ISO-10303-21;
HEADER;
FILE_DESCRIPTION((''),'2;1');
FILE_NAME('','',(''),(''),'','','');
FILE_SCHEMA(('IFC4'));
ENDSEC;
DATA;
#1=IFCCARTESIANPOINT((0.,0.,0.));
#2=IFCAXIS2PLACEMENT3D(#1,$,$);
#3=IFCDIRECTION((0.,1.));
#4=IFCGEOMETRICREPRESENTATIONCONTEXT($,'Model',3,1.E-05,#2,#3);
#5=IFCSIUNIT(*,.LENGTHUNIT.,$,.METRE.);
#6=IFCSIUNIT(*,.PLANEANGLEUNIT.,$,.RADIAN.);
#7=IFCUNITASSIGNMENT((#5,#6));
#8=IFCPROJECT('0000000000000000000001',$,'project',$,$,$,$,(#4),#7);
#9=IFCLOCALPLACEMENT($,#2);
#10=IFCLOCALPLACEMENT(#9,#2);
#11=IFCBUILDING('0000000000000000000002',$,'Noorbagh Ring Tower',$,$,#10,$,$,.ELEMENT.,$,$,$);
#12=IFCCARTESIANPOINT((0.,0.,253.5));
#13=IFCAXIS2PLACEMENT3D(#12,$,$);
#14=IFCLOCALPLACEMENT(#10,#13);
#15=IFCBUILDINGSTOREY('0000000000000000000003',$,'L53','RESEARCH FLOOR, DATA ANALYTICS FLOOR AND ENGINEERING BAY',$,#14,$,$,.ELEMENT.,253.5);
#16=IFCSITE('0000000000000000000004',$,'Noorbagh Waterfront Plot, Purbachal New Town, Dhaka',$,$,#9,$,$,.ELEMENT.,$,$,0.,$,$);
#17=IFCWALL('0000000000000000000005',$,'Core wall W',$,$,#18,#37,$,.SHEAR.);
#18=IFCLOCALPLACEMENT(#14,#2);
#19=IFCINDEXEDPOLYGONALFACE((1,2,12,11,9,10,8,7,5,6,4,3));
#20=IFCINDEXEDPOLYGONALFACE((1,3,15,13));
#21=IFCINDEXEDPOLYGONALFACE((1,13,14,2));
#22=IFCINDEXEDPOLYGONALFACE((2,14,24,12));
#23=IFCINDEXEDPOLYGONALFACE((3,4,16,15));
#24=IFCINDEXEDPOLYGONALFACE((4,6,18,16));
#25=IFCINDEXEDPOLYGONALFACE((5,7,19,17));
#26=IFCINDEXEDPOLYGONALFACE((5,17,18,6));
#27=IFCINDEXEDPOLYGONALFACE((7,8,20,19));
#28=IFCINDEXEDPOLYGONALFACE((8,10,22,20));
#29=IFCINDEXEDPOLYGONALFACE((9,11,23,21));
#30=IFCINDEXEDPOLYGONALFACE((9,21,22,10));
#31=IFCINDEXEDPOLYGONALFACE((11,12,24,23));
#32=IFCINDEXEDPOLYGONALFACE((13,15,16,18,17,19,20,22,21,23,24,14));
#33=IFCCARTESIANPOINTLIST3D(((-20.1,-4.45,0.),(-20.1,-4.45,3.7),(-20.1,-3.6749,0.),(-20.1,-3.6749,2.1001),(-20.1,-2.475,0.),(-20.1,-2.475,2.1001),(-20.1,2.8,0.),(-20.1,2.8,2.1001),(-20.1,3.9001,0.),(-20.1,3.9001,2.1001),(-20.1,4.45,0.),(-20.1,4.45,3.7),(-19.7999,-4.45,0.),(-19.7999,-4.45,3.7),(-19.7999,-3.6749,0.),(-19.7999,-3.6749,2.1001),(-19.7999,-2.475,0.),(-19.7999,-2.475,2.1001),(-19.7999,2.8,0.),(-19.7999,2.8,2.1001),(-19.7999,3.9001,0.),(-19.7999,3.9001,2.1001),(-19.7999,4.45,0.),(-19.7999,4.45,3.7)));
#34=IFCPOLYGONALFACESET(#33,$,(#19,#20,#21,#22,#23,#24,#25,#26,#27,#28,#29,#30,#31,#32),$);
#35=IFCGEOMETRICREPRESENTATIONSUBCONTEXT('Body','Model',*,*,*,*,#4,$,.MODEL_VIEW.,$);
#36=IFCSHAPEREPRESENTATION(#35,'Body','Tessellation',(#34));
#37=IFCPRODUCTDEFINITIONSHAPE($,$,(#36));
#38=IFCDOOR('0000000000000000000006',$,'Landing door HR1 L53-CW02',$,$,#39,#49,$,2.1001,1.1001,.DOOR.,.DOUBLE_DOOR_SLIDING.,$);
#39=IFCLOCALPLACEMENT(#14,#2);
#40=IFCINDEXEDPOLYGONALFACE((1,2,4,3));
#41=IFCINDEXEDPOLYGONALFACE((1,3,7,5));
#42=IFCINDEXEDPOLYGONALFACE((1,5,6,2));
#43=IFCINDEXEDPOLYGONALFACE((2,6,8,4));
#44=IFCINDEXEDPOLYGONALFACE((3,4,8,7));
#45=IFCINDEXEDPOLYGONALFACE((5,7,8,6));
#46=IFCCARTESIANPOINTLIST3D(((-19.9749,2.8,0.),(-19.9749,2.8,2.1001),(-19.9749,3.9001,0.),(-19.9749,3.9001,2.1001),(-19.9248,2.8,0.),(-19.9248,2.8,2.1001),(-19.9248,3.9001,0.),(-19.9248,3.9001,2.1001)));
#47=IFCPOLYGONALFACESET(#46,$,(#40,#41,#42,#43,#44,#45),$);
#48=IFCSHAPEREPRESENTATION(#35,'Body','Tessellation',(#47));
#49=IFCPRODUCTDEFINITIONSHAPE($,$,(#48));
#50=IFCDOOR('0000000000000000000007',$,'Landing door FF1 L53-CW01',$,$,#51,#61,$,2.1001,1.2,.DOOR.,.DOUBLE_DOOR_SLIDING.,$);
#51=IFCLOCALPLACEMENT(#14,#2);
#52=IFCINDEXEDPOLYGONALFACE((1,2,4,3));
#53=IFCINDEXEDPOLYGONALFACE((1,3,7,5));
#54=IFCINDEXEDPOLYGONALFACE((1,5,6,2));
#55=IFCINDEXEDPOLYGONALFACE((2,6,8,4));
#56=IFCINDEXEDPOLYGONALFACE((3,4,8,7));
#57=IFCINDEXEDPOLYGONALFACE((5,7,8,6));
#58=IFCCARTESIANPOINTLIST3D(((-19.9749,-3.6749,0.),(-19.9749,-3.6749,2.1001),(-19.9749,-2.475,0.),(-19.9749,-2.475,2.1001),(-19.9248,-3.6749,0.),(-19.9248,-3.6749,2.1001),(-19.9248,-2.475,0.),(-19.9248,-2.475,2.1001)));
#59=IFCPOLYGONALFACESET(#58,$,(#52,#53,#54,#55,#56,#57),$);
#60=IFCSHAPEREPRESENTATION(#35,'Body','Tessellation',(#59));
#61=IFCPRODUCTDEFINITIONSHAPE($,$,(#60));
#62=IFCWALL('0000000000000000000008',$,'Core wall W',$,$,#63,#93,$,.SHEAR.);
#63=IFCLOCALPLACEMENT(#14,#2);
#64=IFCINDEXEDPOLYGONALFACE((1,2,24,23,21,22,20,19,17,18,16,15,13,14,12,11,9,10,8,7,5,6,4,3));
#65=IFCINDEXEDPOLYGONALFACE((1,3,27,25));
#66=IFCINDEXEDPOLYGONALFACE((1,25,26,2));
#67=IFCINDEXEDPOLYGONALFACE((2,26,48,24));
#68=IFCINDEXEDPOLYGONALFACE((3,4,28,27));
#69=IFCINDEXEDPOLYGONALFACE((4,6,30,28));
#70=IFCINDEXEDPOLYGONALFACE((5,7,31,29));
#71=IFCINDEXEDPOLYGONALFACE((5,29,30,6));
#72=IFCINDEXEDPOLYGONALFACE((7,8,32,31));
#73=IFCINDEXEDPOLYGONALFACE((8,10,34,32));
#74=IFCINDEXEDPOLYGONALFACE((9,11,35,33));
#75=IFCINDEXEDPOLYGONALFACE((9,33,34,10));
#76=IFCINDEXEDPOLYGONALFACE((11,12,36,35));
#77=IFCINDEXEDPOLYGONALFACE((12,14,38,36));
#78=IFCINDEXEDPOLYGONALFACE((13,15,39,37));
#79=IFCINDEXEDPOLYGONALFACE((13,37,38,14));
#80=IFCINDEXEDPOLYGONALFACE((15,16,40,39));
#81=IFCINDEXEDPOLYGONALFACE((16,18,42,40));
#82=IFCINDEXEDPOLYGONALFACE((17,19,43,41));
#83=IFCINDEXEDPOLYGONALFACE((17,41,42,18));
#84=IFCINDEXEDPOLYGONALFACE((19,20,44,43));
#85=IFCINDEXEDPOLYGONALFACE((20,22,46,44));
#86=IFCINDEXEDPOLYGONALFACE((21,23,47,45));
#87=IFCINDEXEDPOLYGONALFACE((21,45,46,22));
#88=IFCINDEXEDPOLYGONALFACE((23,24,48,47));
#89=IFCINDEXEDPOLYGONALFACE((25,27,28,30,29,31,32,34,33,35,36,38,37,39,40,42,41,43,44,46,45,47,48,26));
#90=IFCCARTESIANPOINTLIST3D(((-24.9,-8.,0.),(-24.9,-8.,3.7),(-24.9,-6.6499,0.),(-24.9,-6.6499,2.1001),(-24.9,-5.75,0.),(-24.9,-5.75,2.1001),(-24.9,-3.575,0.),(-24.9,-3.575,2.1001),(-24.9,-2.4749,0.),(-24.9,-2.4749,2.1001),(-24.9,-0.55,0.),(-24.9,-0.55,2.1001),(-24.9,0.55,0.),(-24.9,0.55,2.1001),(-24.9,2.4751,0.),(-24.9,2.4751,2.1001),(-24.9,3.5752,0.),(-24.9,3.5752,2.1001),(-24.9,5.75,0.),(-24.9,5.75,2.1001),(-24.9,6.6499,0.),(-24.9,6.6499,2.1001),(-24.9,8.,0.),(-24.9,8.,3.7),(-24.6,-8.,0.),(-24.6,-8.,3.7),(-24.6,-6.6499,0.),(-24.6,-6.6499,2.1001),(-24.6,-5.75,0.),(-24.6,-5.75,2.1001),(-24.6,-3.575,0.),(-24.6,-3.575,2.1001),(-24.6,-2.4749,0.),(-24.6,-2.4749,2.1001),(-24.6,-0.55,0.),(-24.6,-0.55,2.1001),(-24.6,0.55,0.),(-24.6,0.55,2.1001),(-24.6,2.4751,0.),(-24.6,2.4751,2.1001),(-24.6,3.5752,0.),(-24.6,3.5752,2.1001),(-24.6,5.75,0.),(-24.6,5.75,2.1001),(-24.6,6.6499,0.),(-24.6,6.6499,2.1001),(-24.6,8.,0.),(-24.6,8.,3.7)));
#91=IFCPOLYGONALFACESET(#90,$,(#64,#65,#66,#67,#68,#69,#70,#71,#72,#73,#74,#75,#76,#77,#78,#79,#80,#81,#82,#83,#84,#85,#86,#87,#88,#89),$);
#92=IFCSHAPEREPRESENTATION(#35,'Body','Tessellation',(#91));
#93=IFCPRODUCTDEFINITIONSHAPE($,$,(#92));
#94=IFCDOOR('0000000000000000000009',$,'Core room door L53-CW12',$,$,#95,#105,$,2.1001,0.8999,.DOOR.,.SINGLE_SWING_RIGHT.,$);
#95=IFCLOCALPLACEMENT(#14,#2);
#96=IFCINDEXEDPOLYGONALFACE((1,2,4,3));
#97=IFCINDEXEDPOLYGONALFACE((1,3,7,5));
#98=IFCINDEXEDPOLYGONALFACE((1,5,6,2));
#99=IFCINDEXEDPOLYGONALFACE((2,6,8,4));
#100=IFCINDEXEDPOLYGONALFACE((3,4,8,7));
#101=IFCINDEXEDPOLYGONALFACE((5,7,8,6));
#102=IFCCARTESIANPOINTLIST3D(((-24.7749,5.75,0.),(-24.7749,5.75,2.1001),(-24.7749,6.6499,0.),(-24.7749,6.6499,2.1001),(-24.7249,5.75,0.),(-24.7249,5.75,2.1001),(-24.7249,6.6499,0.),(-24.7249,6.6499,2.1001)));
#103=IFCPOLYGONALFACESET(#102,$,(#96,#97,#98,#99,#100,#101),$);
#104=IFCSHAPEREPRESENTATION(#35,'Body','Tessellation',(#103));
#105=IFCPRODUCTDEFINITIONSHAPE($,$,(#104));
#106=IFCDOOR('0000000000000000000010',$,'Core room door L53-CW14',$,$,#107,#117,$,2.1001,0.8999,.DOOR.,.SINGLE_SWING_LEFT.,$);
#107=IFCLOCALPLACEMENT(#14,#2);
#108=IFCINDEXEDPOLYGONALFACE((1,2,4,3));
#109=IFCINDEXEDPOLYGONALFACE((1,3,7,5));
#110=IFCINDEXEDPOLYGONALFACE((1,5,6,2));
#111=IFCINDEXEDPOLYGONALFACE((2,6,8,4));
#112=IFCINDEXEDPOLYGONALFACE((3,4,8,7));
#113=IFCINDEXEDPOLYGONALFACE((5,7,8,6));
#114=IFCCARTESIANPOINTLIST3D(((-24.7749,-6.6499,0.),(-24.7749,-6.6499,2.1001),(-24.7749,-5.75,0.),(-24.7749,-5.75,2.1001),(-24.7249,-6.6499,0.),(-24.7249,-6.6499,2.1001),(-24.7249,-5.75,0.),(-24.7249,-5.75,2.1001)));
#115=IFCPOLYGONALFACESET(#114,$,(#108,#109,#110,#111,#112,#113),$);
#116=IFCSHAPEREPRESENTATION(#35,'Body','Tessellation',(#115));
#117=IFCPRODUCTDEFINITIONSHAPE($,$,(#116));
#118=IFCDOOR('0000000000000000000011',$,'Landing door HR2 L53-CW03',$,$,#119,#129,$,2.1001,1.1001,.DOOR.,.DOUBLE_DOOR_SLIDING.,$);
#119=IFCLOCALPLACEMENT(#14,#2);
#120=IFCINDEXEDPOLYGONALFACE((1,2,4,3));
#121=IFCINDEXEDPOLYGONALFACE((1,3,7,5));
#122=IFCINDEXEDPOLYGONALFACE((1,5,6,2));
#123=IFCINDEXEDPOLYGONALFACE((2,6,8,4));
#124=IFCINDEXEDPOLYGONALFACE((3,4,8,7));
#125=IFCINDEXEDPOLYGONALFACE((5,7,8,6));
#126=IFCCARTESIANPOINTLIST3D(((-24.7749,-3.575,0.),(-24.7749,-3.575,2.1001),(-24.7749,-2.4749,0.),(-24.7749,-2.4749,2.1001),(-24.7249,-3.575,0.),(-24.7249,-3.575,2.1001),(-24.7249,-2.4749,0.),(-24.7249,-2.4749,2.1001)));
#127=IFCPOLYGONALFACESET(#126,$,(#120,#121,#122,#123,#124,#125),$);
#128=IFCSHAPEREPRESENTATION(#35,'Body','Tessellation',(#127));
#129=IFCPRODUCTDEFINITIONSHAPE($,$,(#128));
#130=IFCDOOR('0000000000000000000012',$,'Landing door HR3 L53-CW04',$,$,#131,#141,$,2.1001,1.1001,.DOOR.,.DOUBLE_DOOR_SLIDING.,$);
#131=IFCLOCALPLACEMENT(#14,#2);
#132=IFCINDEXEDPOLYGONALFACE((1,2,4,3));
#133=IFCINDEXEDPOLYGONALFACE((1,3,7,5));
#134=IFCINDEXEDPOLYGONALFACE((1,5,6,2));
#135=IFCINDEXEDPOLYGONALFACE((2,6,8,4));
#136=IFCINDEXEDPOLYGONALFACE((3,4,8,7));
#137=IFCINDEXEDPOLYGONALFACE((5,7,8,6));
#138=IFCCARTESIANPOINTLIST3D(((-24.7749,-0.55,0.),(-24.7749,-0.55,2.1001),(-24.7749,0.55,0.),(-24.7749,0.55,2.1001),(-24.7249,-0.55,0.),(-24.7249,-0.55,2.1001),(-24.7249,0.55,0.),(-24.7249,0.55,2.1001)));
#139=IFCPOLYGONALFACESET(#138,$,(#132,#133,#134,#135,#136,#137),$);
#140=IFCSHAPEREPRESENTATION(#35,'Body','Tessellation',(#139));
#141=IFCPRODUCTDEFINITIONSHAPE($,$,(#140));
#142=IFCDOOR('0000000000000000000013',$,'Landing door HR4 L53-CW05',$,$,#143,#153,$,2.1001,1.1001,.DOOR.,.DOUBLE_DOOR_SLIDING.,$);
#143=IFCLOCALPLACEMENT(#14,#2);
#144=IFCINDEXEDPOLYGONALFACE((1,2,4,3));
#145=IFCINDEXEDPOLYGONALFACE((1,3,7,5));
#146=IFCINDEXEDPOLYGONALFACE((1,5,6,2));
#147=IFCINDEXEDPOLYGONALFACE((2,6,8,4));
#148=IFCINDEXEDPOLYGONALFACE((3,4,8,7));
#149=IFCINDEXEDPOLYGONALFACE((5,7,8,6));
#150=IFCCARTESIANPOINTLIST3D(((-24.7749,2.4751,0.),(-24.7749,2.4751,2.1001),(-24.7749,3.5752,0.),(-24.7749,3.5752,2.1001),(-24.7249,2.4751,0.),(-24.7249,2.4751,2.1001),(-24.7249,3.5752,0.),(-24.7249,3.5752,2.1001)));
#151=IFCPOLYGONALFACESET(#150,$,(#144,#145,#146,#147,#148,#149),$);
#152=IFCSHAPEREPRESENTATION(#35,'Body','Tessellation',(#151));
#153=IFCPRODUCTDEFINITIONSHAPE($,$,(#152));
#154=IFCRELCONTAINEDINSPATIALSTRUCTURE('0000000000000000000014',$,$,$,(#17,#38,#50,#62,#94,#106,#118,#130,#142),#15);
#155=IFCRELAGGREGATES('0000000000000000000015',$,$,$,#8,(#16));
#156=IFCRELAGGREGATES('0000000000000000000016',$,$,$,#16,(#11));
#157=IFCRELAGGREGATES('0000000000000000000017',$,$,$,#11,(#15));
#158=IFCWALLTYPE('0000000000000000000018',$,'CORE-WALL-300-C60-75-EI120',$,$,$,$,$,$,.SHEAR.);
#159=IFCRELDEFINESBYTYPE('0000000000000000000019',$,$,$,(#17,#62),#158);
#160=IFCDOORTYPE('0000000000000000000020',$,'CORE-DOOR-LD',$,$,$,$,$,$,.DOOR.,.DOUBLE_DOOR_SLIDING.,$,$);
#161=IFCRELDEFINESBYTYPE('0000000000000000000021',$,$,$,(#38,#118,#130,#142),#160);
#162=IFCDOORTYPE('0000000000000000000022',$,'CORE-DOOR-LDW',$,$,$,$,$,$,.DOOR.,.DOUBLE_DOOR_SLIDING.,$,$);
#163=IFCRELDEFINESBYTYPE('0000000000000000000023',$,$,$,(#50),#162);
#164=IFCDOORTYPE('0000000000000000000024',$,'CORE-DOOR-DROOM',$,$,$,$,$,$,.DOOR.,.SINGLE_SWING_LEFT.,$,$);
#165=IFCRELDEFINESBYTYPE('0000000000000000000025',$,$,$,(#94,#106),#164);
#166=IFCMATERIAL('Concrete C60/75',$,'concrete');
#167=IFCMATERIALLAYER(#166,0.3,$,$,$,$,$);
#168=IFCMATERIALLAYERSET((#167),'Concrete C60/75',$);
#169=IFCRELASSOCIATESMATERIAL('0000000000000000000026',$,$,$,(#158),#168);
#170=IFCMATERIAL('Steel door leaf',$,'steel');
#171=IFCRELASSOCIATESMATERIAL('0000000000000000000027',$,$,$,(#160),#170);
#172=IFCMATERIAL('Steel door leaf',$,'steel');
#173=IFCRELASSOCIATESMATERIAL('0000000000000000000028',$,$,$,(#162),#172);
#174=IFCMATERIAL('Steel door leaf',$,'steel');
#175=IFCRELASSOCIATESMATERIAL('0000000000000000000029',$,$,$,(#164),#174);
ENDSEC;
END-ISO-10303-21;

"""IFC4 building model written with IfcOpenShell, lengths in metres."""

from ifc_helpers import new_model, si_unit, direction, frame, frame_2d, origin, place, context, subcontext, project, spatial, rectangle, extrude, material, layer, layer_set, type_object, element, fill, save


model = new_model("IFC4")

# Units and contexts
model_context = context("Model", 3, precision=1e-05, world=origin(), true_north=direction((0.0, 1.0)))
body_context = subcontext(model_context, "Body", "Model", "MODEL_VIEW")
ifc_project = project(units=[si_unit("LENGTHUNIT", "METRE"), si_unit("PLANEANGLEUNIT", "RADIAN")], contexts=[model_context])

# Site, building, storey
site_placement = place(None, origin())
site = spatial("IfcSite", under=ifc_project, at=site_placement, Name="Noorbagh Waterfront Plot, Purbachal New Town, Dhaka", CompositionType="ELEMENT", RefElevation=0.0)
building_placement = place(site_placement, origin())
building = spatial("IfcBuilding", under=site, at=building_placement, Name="Noorbagh Ring Tower", CompositionType="ELEMENT")
storey_placement = place(building_placement, frame((0.0, 0.0, 253.5)))
storey = spatial("IfcBuildingStorey", under=building, at=storey_placement, Name="L53", Description="RESEARCH FLOOR, DATA ANALYTICS FLOOR AND ENGINEERING BAY", CompositionType="ELEMENT", Elevation=253.5)

# Shared definitions
ifc_material_1 = material(Name="Concrete C60/75", Category="concrete")
ifc_layer_1 = layer(ifc_material_1, 0.3)
ifc_layer_set_1 = layer_set([ifc_layer_1], Name="Concrete C60/75")
wall_type_1 = type_object("IfcWallType", Name="CORE-WALL-300-C60-75-EI120", PredefinedType="SHEAR", material=ifc_layer_set_1)

# Walls, openings, doors
wall_1_placement = place(storey_placement, frame((-19.95, -4.45, 0.0), z_axis=(0.0, 0.0, 1.0), x_axis=(0.0, 1.0, 0.0)))
wall_1 = element("IfcWall", 1, at=wall_1_placement, inside=storey, type_object=wall_type_1, Name="Core wall W", PredefinedType="SHEAR", context=body_context, shape_type="SweptSolid", body=[
    extrude(rectangle(XDim=8.8999, YDim=0.3, at=frame_2d((4.45, 0.0))), origin(), (0.0, 0.0, 1.0), 3.7),
])
opening_1_placement = place(wall_1_placement, frame((0.7749, 0.0, 0.0)))
opening_1 = element("IfcOpeningElement", 2, at=opening_1_placement, cuts=wall_1, PredefinedType="OPENING", context=body_context, shape_type="SweptSolid", body=[
    extrude(rectangle(XDim=1.2, YDim=2.1001, at=frame_2d((0.6001, 1.05))), frame((0.0, 0.1602, 0.0), z_axis=(0.0, -1.0, 0.0), x_axis=(1.0, 0.0, 0.0)), (0.0, 0.0, 1.0), 0.3201),
])
opening_2_placement = place(wall_1_placement, frame((7.25, 0.0, 0.0)))
opening_2 = element("IfcOpeningElement", 3, at=opening_2_placement, cuts=wall_1, PredefinedType="OPENING", context=body_context, shape_type="SweptSolid", body=[
    extrude(rectangle(XDim=1.1001, YDim=2.1001, at=frame_2d((0.55, 1.05))), frame((0.0, 0.1602, 0.0), z_axis=(0.0, -1.0, 0.0), x_axis=(1.0, 0.0, 0.0)), (0.0, 0.0, 1.0), 0.3201),
])
ifc_material_2 = material(Name="Steel door leaf", Category="steel")
door_type_1 = type_object("IfcDoorType", Name="CORE-DOOR-LD", OperationType="DOUBLE_DOOR_SLIDING", PredefinedType="DOOR", material=ifc_material_2)
door_1_placement = place(opening_2_placement, origin())
door_1 = element("IfcDoor", 4, at=door_1_placement, inside=storey, type_object=door_type_1, Name="Landing door HR1 L53-CW02", OperationType="DOUBLE_DOOR_SLIDING", OverallHeight=2.1001, OverallWidth=1.1001, PredefinedType="DOOR", context=body_context, shape_type="SweptSolid", body=[
    extrude(rectangle(XDim=1.1001, YDim=2.1001, at=frame_2d((0.55, 1.05))), frame((0.0, 0.0249, 0.0), z_axis=(0.0, -1.0, 0.0), x_axis=(1.0, 0.0, 0.0)), (0.0, 0.0, 1.0), 0.05),
])
fill(opening_2, door_1)
ifc_material_3 = material(Name="Steel door leaf", Category="steel")
door_type_2 = type_object("IfcDoorType", Name="CORE-DOOR-LDW", OperationType="DOUBLE_DOOR_SLIDING", PredefinedType="DOOR", material=ifc_material_3)
door_2_placement = place(opening_1_placement, origin())
door_2 = element("IfcDoor", 5, at=door_2_placement, inside=storey, type_object=door_type_2, Name="Landing door FF1 L53-CW01", OperationType="DOUBLE_DOOR_SLIDING", OverallHeight=2.1001, OverallWidth=1.2, PredefinedType="DOOR", context=body_context, shape_type="SweptSolid", body=[
    extrude(rectangle(XDim=1.2, YDim=2.1001, at=frame_2d((0.6001, 1.05))), frame((0.0, 0.0249, 0.0), z_axis=(0.0, -1.0, 0.0), x_axis=(1.0, 0.0, 0.0)), (0.0, 0.0, 1.0), 0.05),
])
fill(opening_1, door_2)
wall_2_placement = place(storey_placement, frame((-24.75, -8.0, 0.0), z_axis=(0.0, 0.0, 1.0), x_axis=(0.0, 1.0, 0.0)))
wall_2 = element("IfcWall", 6, at=wall_2_placement, inside=storey, type_object=wall_type_1, Name="Core wall W", PredefinedType="SHEAR", context=body_context, shape_type="SweptSolid", body=[
    extrude(rectangle(XDim=16.0, YDim=0.3, at=frame_2d((8.0, 0.0))), origin(), (0.0, 0.0, 1.0), 3.7),
])
opening_3_placement = place(wall_2_placement, frame((4.425, 0.0, 0.0)))
opening_3 = element("IfcOpeningElement", 7, at=opening_3_placement, cuts=wall_2, PredefinedType="OPENING", context=body_context, shape_type="SweptSolid", body=[
    extrude(rectangle(XDim=1.1001, YDim=2.1001, at=frame_2d((0.55, 1.05))), frame((0.0, 0.1602, 0.0), z_axis=(0.0, -1.0, 0.0), x_axis=(1.0, 0.0, 0.0)), (0.0, 0.0, 1.0), 0.3201),
])
opening_4_placement = place(wall_2_placement, frame((7.45, 0.0, 0.0)))
opening_4 = element("IfcOpeningElement", 8, at=opening_4_placement, cuts=wall_2, PredefinedType="OPENING", context=body_context, shape_type="SweptSolid", body=[
    extrude(rectangle(XDim=1.1001, YDim=2.1001, at=frame_2d((0.55, 1.05))), frame((0.0, 0.1602, 0.0), z_axis=(0.0, -1.0, 0.0), x_axis=(1.0, 0.0, 0.0)), (0.0, 0.0, 1.0), 0.3201),
])
opening_5_placement = place(wall_2_placement, frame((10.4751, 0.0, 0.0)))
opening_5 = element("IfcOpeningElement", 9, at=opening_5_placement, cuts=wall_2, PredefinedType="OPENING", context=body_context, shape_type="SweptSolid", body=[
    extrude(rectangle(XDim=1.1001, YDim=2.1001, at=frame_2d((0.55, 1.05))), frame((0.0, 0.1602, 0.0), z_axis=(0.0, -1.0, 0.0), x_axis=(1.0, 0.0, 0.0)), (0.0, 0.0, 1.0), 0.3201),
])
opening_6_placement = place(wall_2_placement, frame((13.75, 0.0, 0.0)))
opening_6 = element("IfcOpeningElement", 10, at=opening_6_placement, cuts=wall_2, PredefinedType="OPENING", context=body_context, shape_type="SweptSolid", body=[
    extrude(rectangle(XDim=0.8999, YDim=2.1001, at=frame_2d((0.45, 1.05))), frame((0.0, 0.1602, 0.0), z_axis=(0.0, -1.0, 0.0), x_axis=(1.0, 0.0, 0.0)), (0.0, 0.0, 1.0), 0.3201),
])
opening_7_placement = place(wall_2_placement, frame((1.3501, 0.0, 0.0)))
opening_7 = element("IfcOpeningElement", 11, at=opening_7_placement, cuts=wall_2, PredefinedType="OPENING", context=body_context, shape_type="SweptSolid", body=[
    extrude(rectangle(XDim=0.8999, YDim=2.1001, at=frame_2d((0.45, 1.05))), frame((0.0, 0.1602, 0.0), z_axis=(0.0, -1.0, 0.0), x_axis=(1.0, 0.0, 0.0)), (0.0, 0.0, 1.0), 0.3201),
])
ifc_material_4 = material(Name="Steel door leaf", Category="steel")
door_type_3 = type_object("IfcDoorType", Name="CORE-DOOR-DROOM", OperationType="SINGLE_SWING_LEFT", PredefinedType="DOOR", material=ifc_material_4)
door_3_placement = place(opening_6_placement, origin())
door_3 = element("IfcDoor", 12, at=door_3_placement, inside=storey, type_object=door_type_3, Name="Core room door L53-CW12", OperationType="SINGLE_SWING_RIGHT", OverallHeight=2.1001, OverallWidth=0.8999, PredefinedType="DOOR", context=body_context, shape_type="SweptSolid", body=[
    extrude(rectangle(XDim=0.8999, YDim=2.1001, at=frame_2d((0.45, 1.05))), frame((0.0, 0.0249, 0.0), z_axis=(0.0, -1.0, 0.0), x_axis=(1.0, 0.0, 0.0)), (0.0, 0.0, 1.0), 0.05),
])
fill(opening_6, door_3)
door_4_placement = place(opening_7_placement, origin())
door_4 = element("IfcDoor", 13, at=door_4_placement, inside=storey, type_object=door_type_3, Name="Core room door L53-CW14", OperationType="SINGLE_SWING_LEFT", OverallHeight=2.1001, OverallWidth=0.8999, PredefinedType="DOOR", context=body_context, shape_type="SweptSolid", body=[
    extrude(rectangle(XDim=0.8999, YDim=2.1001, at=frame_2d((0.45, 1.05))), frame((0.0, 0.0249, 0.0), z_axis=(0.0, -1.0, 0.0), x_axis=(1.0, 0.0, 0.0)), (0.0, 0.0, 1.0), 0.05),
])
fill(opening_7, door_4)
door_5_placement = place(opening_3_placement, origin())
door_5 = element("IfcDoor", 14, at=door_5_placement, inside=storey, type_object=door_type_1, Name="Landing door HR2 L53-CW03", OperationType="DOUBLE_DOOR_SLIDING", OverallHeight=2.1001, OverallWidth=1.1001, PredefinedType="DOOR", context=body_context, shape_type="SweptSolid", body=[
    extrude(rectangle(XDim=1.1001, YDim=2.1001, at=frame_2d((0.55, 1.05))), frame((0.0, 0.0249, 0.0), z_axis=(0.0, -1.0, 0.0), x_axis=(1.0, 0.0, 0.0)), (0.0, 0.0, 1.0), 0.05),
])
fill(opening_3, door_5)
door_6_placement = place(opening_4_placement, origin())
door_6 = element("IfcDoor", 15, at=door_6_placement, inside=storey, type_object=door_type_1, Name="Landing door HR3 L53-CW04", OperationType="DOUBLE_DOOR_SLIDING", OverallHeight=2.1001, OverallWidth=1.1001, PredefinedType="DOOR", context=body_context, shape_type="SweptSolid", body=[
    extrude(rectangle(XDim=1.1001, YDim=2.1001, at=frame_2d((0.55, 1.05))), frame((0.0, 0.0249, 0.0), z_axis=(0.0, -1.0, 0.0), x_axis=(1.0, 0.0, 0.0)), (0.0, 0.0, 1.0), 0.05),
])
fill(opening_4, door_6)
door_7_placement = place(opening_5_placement, origin())
door_7 = element("IfcDoor", 16, at=door_7_placement, inside=storey, type_object=door_type_1, Name="Landing door HR4 L53-CW05", OperationType="DOUBLE_DOOR_SLIDING", OverallHeight=2.1001, OverallWidth=1.1001, PredefinedType="DOOR", context=body_context, shape_type="SweptSolid", body=[
    extrude(rectangle(XDim=1.1001, YDim=2.1001, at=frame_2d((0.55, 1.05))), frame((0.0, 0.0249, 0.0), z_axis=(0.0, -1.0, 0.0), x_axis=(1.0, 0.0, 0.0)), (0.0, 0.0, 1.0), 0.05),
])
fill(opening_5, door_7)

save(model, "model.ifc")
